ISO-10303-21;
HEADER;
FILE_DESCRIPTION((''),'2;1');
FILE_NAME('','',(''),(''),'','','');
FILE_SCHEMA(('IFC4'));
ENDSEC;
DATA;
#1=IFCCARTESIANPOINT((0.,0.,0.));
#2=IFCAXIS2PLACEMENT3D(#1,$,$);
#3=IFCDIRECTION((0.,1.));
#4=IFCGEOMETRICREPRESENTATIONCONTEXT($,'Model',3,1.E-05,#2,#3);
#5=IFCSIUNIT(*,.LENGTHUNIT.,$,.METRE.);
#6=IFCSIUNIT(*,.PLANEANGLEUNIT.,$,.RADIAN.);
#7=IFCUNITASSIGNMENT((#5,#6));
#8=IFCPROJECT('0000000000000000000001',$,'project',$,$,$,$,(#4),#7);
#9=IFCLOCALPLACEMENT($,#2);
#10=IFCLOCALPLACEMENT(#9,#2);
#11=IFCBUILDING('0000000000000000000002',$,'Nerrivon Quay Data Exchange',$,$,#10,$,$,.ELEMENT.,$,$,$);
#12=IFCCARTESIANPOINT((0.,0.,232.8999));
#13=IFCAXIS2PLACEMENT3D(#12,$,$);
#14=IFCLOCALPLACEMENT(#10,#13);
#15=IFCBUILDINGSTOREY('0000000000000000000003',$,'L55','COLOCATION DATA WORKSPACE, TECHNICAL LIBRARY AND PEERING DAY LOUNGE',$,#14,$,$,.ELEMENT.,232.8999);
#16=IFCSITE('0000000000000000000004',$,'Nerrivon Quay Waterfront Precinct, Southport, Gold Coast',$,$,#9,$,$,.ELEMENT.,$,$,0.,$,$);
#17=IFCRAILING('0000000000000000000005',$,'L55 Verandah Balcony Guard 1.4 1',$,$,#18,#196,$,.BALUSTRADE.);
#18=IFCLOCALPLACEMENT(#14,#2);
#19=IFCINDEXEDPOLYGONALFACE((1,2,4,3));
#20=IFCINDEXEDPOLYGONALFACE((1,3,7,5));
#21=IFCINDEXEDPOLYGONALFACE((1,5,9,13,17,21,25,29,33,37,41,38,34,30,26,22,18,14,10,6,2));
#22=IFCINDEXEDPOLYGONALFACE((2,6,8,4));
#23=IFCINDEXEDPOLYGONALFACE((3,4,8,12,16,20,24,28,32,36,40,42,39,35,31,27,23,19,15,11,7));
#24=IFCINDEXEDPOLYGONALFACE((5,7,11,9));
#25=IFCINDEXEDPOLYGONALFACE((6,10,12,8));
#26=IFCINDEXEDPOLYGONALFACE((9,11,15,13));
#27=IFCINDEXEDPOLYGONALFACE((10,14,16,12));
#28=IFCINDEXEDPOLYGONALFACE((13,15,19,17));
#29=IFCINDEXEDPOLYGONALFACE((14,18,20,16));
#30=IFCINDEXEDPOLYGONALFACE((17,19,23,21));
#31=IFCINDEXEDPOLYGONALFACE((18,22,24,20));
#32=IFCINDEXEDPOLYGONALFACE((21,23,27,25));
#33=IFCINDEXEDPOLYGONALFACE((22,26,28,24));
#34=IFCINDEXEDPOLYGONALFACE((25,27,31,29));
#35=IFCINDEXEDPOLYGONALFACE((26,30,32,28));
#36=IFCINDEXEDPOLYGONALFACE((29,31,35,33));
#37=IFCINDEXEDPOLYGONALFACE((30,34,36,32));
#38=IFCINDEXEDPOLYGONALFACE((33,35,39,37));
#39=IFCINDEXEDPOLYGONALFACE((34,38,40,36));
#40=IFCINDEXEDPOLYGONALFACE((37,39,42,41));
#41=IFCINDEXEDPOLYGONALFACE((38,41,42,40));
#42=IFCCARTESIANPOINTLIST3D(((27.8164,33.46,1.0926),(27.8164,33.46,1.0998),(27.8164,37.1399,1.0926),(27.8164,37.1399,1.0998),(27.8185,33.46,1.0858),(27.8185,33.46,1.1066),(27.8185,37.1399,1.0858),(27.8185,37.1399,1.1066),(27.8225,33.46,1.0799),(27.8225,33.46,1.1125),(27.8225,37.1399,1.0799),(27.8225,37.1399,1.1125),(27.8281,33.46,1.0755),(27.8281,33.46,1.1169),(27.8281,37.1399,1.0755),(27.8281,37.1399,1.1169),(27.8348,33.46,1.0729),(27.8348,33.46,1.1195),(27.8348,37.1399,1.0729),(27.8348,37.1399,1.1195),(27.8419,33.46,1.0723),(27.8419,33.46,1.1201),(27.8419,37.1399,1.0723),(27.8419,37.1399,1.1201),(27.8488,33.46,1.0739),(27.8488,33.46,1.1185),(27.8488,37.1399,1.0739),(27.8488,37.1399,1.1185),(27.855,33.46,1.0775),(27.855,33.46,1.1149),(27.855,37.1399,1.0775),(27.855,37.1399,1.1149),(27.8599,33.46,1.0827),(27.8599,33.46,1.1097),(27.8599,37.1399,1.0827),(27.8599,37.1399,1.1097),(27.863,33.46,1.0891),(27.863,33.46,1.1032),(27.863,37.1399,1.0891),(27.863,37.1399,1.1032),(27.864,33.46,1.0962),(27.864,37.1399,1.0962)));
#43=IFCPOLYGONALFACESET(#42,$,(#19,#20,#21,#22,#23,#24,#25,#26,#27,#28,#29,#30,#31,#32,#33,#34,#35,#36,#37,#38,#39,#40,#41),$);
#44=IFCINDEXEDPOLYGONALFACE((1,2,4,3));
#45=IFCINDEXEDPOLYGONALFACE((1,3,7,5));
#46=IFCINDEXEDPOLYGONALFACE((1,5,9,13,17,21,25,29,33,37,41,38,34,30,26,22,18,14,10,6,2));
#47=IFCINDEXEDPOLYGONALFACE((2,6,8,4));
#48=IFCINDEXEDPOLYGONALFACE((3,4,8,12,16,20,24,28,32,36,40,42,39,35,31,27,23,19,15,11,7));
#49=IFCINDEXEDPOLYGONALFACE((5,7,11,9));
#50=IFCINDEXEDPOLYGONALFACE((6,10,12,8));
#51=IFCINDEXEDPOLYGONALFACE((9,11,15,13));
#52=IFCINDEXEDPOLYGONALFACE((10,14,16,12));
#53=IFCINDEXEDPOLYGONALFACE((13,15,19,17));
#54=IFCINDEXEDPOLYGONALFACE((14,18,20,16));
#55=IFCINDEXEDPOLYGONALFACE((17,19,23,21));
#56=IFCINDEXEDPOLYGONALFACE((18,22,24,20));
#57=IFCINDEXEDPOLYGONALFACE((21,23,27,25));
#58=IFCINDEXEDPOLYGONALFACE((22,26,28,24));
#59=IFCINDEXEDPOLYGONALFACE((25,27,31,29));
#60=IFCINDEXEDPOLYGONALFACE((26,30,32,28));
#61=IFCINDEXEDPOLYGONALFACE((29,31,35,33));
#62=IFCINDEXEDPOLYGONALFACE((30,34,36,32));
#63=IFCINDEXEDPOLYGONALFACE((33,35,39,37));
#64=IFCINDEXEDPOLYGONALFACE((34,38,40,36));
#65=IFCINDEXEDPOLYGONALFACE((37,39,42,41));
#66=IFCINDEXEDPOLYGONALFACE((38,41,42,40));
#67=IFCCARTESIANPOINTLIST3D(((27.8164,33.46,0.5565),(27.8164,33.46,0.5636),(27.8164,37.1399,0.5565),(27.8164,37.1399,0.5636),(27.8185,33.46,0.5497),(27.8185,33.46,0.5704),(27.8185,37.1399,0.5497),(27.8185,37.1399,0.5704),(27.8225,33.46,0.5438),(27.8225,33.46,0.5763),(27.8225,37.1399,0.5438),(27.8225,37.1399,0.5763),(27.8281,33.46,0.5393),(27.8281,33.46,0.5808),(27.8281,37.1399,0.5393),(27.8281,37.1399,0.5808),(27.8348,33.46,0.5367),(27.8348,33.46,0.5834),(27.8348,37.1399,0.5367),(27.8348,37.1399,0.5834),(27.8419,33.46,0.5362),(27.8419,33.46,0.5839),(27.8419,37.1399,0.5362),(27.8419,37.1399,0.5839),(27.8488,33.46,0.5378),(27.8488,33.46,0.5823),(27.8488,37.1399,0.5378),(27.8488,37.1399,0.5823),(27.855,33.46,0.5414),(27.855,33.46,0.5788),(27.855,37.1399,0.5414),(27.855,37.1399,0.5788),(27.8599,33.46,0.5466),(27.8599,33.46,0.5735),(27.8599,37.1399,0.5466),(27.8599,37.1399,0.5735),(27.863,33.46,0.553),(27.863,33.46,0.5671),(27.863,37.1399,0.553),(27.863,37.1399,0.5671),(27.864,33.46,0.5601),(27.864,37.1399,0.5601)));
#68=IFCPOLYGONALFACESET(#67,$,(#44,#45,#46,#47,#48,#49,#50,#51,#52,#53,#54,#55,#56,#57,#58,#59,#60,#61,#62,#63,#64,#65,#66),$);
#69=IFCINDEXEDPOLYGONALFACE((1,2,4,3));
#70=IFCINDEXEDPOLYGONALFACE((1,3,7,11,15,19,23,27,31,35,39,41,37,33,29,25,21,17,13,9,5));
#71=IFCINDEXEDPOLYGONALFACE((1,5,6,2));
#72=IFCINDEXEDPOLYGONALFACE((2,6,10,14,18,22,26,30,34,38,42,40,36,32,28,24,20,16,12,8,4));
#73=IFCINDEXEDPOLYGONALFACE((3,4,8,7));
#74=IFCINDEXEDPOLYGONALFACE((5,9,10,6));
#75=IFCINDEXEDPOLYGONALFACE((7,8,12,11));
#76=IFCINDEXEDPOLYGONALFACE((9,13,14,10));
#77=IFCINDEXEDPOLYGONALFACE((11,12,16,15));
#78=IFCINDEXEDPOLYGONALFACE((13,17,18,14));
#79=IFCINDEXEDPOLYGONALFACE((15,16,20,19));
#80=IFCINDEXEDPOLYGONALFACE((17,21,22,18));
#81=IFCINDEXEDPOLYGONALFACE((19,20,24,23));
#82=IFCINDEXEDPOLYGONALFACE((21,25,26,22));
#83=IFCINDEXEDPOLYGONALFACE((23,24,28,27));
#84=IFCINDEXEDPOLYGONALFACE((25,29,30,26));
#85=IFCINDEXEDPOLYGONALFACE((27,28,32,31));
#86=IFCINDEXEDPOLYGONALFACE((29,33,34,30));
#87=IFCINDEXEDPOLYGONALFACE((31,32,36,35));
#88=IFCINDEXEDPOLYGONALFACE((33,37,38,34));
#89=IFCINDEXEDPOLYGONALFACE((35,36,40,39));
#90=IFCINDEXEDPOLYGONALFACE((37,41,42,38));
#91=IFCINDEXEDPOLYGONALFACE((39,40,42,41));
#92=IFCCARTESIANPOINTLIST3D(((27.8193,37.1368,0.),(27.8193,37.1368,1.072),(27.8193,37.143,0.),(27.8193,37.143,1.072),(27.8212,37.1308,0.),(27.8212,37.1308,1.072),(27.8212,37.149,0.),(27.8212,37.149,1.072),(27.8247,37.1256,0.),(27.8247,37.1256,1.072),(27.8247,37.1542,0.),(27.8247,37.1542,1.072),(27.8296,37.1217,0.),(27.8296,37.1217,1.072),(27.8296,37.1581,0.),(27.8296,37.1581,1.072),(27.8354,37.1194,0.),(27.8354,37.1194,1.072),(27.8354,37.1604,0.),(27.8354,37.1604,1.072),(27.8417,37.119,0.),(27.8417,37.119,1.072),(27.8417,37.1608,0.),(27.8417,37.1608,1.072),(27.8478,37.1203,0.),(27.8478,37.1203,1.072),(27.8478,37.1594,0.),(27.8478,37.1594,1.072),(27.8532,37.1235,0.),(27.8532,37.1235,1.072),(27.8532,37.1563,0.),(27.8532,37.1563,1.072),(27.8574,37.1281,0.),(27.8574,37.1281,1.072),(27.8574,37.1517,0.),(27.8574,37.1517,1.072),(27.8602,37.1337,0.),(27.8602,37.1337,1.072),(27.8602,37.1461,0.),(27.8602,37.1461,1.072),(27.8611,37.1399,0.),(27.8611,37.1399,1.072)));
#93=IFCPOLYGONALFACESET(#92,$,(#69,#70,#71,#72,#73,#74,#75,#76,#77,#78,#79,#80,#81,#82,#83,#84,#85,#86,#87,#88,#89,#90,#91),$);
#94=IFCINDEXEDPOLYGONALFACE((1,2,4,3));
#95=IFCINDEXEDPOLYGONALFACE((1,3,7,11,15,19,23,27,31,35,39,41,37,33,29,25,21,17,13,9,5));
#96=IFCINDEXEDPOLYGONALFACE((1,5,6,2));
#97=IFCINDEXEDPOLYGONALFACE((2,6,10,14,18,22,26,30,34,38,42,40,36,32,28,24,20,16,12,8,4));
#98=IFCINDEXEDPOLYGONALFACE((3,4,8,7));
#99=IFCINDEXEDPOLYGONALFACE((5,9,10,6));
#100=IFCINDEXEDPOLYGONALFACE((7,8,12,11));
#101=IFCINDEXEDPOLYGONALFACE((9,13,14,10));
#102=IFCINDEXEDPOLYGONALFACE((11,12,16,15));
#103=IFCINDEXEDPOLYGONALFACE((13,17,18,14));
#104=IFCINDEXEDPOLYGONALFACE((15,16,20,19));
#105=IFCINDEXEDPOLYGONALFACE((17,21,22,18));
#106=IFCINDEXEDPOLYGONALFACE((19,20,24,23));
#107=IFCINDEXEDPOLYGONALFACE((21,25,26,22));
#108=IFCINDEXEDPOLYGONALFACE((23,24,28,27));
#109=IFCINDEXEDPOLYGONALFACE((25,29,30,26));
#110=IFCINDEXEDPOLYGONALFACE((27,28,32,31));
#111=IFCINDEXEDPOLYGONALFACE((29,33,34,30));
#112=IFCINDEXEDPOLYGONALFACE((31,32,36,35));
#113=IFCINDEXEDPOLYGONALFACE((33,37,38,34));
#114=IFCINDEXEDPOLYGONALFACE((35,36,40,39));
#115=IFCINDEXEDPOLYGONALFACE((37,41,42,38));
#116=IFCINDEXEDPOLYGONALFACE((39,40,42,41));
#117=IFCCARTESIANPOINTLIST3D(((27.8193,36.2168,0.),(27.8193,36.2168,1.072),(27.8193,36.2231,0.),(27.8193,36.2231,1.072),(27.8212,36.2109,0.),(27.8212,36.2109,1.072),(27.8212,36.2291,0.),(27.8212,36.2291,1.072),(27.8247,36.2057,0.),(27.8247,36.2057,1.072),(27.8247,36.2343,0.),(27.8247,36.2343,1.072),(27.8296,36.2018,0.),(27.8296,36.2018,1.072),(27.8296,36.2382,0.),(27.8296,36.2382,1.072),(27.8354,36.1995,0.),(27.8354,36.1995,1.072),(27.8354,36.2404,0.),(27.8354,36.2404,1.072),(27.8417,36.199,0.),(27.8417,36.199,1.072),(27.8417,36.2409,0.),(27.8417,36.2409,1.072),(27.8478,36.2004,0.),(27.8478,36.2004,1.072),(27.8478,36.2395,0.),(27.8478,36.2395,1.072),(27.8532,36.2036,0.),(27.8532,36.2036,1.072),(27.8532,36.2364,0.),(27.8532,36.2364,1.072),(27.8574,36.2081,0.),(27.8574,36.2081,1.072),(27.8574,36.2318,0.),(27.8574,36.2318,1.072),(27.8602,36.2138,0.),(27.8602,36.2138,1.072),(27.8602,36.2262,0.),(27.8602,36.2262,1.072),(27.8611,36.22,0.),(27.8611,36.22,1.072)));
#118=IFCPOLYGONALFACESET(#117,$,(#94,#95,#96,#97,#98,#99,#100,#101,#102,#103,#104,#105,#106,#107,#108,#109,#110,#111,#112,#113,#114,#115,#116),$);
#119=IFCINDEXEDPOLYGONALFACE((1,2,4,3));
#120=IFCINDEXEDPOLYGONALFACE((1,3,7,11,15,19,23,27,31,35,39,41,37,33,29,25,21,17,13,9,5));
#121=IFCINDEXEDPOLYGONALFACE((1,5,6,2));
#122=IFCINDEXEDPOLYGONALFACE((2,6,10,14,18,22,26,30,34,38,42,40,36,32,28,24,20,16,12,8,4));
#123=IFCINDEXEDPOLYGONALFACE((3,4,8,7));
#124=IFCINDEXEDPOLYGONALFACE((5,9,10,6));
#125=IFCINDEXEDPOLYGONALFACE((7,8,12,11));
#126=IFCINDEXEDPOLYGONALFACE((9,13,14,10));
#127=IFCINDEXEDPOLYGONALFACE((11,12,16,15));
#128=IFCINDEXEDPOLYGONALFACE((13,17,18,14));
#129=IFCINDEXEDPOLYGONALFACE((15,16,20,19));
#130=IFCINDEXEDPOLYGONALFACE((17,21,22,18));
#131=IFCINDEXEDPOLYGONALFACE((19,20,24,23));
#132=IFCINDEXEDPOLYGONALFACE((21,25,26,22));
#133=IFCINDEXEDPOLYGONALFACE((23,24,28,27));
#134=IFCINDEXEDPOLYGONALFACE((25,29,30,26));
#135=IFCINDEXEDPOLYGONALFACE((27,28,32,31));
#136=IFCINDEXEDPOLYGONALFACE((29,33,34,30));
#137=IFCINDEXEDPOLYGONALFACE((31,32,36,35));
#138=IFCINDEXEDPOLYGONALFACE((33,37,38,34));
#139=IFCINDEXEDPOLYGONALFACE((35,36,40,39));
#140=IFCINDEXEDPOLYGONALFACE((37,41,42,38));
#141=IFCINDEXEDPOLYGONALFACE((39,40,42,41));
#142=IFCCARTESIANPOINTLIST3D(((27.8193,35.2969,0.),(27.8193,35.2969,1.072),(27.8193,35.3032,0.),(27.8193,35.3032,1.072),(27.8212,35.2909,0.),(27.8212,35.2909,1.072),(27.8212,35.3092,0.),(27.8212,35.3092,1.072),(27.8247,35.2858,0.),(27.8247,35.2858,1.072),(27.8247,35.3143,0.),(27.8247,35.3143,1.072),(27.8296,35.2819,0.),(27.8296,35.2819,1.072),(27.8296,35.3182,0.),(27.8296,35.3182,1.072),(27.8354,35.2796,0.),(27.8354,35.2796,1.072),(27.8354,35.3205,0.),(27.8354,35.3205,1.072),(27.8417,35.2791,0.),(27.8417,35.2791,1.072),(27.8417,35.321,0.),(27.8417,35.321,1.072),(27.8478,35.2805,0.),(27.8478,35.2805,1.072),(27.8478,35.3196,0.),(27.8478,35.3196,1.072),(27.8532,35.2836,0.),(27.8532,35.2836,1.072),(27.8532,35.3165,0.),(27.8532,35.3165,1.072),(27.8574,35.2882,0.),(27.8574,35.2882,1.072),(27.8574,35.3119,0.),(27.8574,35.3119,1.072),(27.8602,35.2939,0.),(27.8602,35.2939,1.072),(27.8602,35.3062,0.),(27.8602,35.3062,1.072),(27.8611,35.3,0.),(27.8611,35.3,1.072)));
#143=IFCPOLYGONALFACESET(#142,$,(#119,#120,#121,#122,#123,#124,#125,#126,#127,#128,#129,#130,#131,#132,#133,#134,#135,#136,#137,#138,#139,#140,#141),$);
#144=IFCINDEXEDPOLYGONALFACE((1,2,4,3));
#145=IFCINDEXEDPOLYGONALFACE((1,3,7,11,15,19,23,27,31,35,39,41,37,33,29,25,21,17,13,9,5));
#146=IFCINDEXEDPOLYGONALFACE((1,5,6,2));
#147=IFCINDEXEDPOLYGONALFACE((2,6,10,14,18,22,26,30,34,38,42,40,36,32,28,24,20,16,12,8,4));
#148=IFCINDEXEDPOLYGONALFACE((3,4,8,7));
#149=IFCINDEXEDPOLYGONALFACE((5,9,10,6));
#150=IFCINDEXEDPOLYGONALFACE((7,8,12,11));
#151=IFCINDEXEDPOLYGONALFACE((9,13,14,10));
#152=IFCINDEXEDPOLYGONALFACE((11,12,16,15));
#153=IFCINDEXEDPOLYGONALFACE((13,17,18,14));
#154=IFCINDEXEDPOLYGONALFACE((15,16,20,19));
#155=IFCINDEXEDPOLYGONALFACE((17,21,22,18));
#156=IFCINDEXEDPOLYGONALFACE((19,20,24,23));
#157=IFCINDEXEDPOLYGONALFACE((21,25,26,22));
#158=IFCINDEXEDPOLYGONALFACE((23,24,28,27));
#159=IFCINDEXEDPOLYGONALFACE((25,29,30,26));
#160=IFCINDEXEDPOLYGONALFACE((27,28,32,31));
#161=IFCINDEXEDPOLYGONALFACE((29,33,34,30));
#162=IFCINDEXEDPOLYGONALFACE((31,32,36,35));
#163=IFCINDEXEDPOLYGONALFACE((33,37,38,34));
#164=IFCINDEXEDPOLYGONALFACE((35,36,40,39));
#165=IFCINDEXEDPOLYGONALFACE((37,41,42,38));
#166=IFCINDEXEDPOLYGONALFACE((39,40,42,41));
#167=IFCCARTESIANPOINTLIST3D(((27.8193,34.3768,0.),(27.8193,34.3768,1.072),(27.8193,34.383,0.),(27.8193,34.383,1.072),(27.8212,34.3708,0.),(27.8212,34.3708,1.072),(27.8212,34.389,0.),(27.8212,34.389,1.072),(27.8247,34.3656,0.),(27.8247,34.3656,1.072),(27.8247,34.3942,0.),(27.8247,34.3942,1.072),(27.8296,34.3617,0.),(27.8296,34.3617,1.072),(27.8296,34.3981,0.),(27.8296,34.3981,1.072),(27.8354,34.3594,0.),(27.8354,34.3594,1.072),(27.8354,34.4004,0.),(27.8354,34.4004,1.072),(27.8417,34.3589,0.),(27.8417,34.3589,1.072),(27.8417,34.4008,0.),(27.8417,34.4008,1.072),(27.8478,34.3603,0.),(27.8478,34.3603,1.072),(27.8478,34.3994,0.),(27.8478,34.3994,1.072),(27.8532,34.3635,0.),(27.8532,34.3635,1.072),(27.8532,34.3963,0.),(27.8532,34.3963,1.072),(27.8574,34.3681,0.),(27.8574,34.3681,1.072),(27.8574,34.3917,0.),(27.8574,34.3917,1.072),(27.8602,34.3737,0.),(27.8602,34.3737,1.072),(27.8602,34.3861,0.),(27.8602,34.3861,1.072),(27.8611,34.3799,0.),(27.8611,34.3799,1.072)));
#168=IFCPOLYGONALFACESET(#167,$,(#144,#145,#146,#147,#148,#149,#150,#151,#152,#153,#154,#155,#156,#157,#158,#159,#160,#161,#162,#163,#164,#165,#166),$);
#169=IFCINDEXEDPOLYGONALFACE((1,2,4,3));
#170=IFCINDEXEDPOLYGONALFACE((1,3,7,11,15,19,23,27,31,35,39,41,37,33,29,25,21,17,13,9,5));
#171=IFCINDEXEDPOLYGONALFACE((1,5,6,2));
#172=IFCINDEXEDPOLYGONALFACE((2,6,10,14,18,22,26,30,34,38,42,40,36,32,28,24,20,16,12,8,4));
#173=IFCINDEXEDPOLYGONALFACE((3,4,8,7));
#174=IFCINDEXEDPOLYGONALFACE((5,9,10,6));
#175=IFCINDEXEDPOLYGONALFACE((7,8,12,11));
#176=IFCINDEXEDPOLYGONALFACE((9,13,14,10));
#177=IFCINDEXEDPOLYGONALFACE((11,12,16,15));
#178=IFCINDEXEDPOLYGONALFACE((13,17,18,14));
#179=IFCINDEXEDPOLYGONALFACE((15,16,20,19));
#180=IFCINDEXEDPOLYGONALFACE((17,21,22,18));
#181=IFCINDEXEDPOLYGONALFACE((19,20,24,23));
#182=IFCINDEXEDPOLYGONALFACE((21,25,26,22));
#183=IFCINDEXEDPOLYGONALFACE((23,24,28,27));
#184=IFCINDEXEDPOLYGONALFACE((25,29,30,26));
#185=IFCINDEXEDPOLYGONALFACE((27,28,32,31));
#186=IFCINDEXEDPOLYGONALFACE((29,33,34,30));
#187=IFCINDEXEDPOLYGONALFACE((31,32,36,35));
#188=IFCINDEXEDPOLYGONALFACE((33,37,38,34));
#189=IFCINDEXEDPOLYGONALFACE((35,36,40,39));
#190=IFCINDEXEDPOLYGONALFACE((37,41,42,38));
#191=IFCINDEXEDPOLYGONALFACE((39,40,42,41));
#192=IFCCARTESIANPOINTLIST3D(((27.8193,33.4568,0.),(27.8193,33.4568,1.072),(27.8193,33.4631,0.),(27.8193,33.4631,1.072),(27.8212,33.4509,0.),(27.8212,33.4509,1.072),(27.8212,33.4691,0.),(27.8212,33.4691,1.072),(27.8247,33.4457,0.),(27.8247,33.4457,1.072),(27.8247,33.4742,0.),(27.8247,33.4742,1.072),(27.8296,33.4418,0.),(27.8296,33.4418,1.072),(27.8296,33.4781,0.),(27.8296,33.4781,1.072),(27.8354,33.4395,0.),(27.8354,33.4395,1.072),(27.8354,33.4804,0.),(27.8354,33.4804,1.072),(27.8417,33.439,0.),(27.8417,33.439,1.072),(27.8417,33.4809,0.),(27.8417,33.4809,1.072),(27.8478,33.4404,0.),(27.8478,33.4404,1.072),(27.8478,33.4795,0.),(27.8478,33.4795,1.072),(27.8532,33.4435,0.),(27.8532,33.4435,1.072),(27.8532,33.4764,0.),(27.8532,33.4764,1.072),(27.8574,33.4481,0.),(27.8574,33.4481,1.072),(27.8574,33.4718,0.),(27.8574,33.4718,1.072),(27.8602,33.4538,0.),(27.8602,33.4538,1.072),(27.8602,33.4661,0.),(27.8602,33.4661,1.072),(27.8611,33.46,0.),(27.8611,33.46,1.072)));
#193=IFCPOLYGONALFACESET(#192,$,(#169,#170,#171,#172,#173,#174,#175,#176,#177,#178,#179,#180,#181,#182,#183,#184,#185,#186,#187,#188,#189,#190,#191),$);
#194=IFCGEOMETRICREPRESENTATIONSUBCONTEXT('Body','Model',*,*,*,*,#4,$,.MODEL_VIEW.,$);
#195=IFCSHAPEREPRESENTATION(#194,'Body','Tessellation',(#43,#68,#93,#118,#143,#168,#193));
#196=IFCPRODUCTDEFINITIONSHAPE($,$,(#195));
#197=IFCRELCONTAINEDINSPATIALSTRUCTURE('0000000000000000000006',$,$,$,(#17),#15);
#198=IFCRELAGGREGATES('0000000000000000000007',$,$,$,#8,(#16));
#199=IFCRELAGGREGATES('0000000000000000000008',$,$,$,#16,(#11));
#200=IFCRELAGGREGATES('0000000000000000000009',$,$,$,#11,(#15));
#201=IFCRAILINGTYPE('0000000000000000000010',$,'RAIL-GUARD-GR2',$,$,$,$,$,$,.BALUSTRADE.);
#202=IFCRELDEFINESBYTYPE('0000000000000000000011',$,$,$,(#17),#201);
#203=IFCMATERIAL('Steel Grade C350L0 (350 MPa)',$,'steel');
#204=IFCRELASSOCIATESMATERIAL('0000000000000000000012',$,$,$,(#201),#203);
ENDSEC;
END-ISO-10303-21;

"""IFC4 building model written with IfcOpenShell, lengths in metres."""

from ifc_helpers import new_model, si_unit, direction, frame, origin, origin_2d, place, context, subcontext, project, spatial, circle, extrude, material, type_object, element, save


model = new_model("IFC4")

# Units and contexts
model_context = context("Model", 3, precision=1e-05, world=origin(), true_north=direction((0.0, 1.0)))
body_context = subcontext(model_context, "Body", "Model", "MODEL_VIEW")
ifc_project = project(units=[si_unit("LENGTHUNIT", "METRE"), si_unit("PLANEANGLEUNIT", "RADIAN")], contexts=[model_context])

# Site, building, storey
site_placement = place(None, origin())
site = spatial("IfcSite", under=ifc_project, at=site_placement, Name="Nerrivon Quay Waterfront Precinct, Southport, Gold Coast", CompositionType="ELEMENT", RefElevation=0.0)
building_placement = place(site_placement, origin())
building = spatial("IfcBuilding", under=site, at=building_placement, Name="Nerrivon Quay Data Exchange", CompositionType="ELEMENT")
storey_placement = place(building_placement, frame((0.0, 0.0, 232.8999)))
storey = spatial("IfcBuildingStorey", under=building, at=storey_placement, Name="L55", Description="COLOCATION DATA WORKSPACE, TECHNICAL LIBRARY AND PEERING DAY LOUNGE", CompositionType="ELEMENT", Elevation=232.8999)

# Shared definitions
ifc_material_1 = material(Name="Steel Grade C350L0 (350 MPa)", Category="steel")

# Railing
railing_type = type_object("IfcRailingType", Name="RAIL-GUARD-GR2", PredefinedType="BALUSTRADE", material=ifc_material_1)
railing_1_placement = place(storey_placement, frame((27.8401, 37.1399, 0.0)))
element("IfcRailing", 1, at=railing_1_placement, inside=storey, type_object=railing_type, Name="L55 Verandah Balcony Guard 1.4 1", PredefinedType="BALUSTRADE", context=body_context, shape_type="SweptSolid", body=[
    extrude(circle(Radius=0.0239, at=origin_2d()), frame((0.0, 0.0, 1.0962), z_axis=(0.0, -1.0, 0.0), x_axis=(1.0, 0.0, 0.0)), (0.0, 0.0, 1.0), 3.6799),
    extrude(circle(Radius=0.0239, at=origin_2d()), frame((0.0, 0.0, 0.5601), z_axis=(0.0, -1.0, 0.0), x_axis=(1.0, 0.0, 0.0)), (0.0, 0.0, 1.0), 3.6799),
    extrude(circle(Radius=0.021, at=origin_2d()), origin(), (0.0, 0.0, 1.0), 1.072),
    extrude(circle(Radius=0.021, at=origin_2d()), frame((0.0, -0.9199, 0.0)), (0.0, 0.0, 1.0), 1.072),
    extrude(circle(Radius=0.021, at=origin_2d()), frame((0.0, -1.8398, 0.0)), (0.0, 0.0, 1.0), 1.072),
    extrude(circle(Radius=0.021, at=origin_2d()), frame((0.0, -2.76, 0.0)), (0.0, 0.0, 1.0), 1.072),
    extrude(circle(Radius=0.021, at=origin_2d()), frame((0.0, -3.6799, 0.0)), (0.0, 0.0, 1.0), 1.072),
])

save(model, "model.ifc")
